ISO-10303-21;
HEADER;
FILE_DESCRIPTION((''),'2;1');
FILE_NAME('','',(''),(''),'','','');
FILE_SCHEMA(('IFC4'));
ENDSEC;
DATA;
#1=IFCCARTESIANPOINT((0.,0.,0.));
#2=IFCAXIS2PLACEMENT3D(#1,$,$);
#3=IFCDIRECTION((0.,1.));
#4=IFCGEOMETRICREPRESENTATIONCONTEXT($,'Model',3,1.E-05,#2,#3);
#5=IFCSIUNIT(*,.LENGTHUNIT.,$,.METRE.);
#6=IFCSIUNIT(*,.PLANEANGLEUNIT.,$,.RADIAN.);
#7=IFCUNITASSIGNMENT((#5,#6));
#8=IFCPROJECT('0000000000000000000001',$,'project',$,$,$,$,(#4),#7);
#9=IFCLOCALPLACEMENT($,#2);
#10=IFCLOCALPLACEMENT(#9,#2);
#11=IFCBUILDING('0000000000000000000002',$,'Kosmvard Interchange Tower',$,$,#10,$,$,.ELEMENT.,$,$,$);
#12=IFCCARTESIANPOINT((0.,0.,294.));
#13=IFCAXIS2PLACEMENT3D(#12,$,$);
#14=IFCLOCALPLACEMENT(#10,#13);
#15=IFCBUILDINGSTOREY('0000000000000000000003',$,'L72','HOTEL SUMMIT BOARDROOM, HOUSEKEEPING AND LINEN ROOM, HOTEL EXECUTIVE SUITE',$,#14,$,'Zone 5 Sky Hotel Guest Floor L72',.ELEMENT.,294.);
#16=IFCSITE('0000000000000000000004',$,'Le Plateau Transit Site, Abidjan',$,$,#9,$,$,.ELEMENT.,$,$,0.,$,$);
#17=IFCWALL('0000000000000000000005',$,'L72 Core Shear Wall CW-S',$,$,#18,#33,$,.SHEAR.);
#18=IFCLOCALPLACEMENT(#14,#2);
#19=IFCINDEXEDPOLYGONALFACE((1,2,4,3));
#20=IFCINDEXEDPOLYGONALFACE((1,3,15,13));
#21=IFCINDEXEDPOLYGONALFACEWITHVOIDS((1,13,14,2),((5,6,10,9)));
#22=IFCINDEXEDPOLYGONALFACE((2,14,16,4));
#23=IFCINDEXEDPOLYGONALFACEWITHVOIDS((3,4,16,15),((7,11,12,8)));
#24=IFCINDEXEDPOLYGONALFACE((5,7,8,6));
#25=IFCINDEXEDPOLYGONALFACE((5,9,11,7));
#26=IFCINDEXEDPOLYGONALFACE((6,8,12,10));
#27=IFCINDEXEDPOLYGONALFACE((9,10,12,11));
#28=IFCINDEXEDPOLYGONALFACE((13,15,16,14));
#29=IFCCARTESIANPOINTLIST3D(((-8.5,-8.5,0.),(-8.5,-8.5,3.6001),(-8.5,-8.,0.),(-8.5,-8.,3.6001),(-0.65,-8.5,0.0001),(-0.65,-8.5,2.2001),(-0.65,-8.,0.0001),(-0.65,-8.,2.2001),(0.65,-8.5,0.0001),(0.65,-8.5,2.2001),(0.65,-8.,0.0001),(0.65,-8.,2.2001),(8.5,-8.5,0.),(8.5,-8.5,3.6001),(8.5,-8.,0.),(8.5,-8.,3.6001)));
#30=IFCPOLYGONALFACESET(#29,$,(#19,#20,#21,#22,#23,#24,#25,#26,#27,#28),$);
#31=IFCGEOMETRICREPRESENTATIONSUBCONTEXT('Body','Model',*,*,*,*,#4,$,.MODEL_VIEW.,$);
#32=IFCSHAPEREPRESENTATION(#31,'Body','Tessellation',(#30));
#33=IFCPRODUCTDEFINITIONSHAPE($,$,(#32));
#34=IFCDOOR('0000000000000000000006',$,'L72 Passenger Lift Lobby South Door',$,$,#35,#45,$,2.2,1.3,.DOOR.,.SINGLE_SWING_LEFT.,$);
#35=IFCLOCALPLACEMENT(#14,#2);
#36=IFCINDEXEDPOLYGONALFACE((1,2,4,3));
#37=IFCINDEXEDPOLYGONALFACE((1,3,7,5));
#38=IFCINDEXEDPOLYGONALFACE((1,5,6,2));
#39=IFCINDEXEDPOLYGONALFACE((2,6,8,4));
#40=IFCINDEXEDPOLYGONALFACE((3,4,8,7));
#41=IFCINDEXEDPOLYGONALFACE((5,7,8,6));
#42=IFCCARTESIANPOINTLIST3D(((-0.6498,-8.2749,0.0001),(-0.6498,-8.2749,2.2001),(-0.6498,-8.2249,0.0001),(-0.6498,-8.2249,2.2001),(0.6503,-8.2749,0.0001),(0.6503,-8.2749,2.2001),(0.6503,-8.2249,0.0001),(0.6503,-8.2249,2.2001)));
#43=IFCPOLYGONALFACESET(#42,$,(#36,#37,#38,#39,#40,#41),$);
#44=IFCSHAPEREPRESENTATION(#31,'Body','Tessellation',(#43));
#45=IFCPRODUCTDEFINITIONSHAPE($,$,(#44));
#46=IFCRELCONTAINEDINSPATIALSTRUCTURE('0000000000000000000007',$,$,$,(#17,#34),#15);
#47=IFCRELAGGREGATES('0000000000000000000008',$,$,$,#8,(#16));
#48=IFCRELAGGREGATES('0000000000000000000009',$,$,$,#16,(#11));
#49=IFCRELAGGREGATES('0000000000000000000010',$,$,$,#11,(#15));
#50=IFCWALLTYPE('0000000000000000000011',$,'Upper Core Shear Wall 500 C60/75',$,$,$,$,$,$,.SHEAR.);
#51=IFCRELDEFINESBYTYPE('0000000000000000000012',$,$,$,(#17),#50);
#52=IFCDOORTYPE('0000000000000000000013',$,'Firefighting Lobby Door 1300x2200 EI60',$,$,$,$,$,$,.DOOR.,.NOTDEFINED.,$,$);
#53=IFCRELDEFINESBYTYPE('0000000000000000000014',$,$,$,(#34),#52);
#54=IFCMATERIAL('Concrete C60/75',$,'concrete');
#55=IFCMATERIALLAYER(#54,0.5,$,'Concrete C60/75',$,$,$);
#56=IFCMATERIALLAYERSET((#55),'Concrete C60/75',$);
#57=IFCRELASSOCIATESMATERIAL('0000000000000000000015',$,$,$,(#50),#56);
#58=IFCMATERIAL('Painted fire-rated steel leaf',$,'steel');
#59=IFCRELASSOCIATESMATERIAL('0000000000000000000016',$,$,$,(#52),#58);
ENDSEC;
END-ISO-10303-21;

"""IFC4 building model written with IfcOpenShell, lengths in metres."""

from ifc_helpers import new_model, si_unit, direction, frame, frame_2d, origin, place, context, subcontext, project, spatial, rectangle, extrude, source, transform, mapped, material, layer, layer_set, type_object, element, fill, save


model = new_model("IFC4")

# Units and contexts
model_context = context("Model", 3, precision=1e-05, world=origin(), true_north=direction((0.0, 1.0)))
body_context = subcontext(model_context, "Body", "Model", "MODEL_VIEW")
ifc_project = project(units=[si_unit("LENGTHUNIT", "METRE"), si_unit("PLANEANGLEUNIT", "RADIAN")], contexts=[model_context])

# Site, building, storey
site_placement = place(None, origin())
site = spatial("IfcSite", under=ifc_project, at=site_placement, Name="Le Plateau Transit Site, Abidjan", CompositionType="ELEMENT", RefElevation=0.0)
building_placement = place(site_placement, origin())
building = spatial("IfcBuilding", under=site, at=building_placement, Name="Kosmvard Interchange Tower", CompositionType="ELEMENT")
storey_placement = place(building_placement, frame((0.0, 0.0, 294.0)))
storey = spatial("IfcBuildingStorey", under=building, at=storey_placement, Name="L72", Description="HOTEL SUMMIT BOARDROOM, HOUSEKEEPING AND LINEN ROOM, HOTEL EXECUTIVE SUITE", LongName="Zone 5 Sky Hotel Guest Floor L72", CompositionType="ELEMENT", Elevation=294.0)

# Wall, opening, door
ifc_material_1 = material(Name="Concrete C60/75", Category="concrete")
ifc_layer_1 = layer(ifc_material_1, 0.5, Name="Concrete C60/75")
ifc_layer_set_1 = layer_set([ifc_layer_1], Name="Concrete C60/75")
wall_type_1 = type_object("IfcWallType", Name="Upper Core Shear Wall 500 C60/75", PredefinedType="SHEAR", material=ifc_layer_set_1)
wall_1_placement = place(storey_placement, frame((-8.5, -8.25, 0.0), z_axis=(0.0, 0.0, 1.0), x_axis=(1.0, 0.0, 0.0)))
wall_1 = element("IfcWall", 1, at=wall_1_placement, inside=storey, type_object=wall_type_1, Name="L72 Core Shear Wall CW-S", PredefinedType="SHEAR", context=body_context, shape_type="SweptSolid", body=[
    extrude(rectangle(XDim=17.0, YDim=0.5, at=frame_2d((8.5, 0.0))), origin(), (0.0, 0.0, 1.0), 3.6001),
])
opening_1_placement = place(wall_1_placement, frame((7.8501, 0.0, 0.0)))
opening_1 = element("IfcOpeningElement", 2, at=opening_1_placement, cuts=wall_1, PredefinedType="OPENING", context=body_context, shape_type="SweptSolid", body=[
    extrude(rectangle(XDim=1.3, YDim=2.2, at=frame_2d((0.6499, 1.1001))), frame((0.0, 0.26, 0.0), z_axis=(0.0, -1.0, 0.0), x_axis=(1.0, 0.0, 0.0)), (0.0, 0.0, 1.0), 0.52),
])
ifc_material_2 = material(Name="Painted fire-rated steel leaf", Category="steel")
door_type_1 = type_object("IfcDoorType", Name="Firefighting Lobby Door 1300x2200 EI60", OperationType="NOTDEFINED", PredefinedType="DOOR", material=ifc_material_2)
shared_shape_1 = source(origin(), body_context, "Body", "SweptSolid", [
    extrude(rectangle(XDim=1.3, YDim=2.2, at=frame_2d((0.6499, 1.1001))), frame((0.0, 0.0249, 0.0), z_axis=(0.0, -1.0, 0.0), x_axis=(1.0, 0.0, 0.0)), (0.0, 0.0, 1.0), 0.05),
])
door_1_placement = place(opening_1_placement, frame((1.3, 0.0, 0.0), z_axis=(0.0, 0.0, 1.0), x_axis=(-1.0, 0.0, 0.0)))
door_1 = element("IfcDoor", 3, at=door_1_placement, inside=storey, type_object=door_type_1, Name="L72 Passenger Lift Lobby South Door", OperationType="SINGLE_SWING_LEFT", OverallHeight=2.2, OverallWidth=1.3, PredefinedType="DOOR", context=body_context, shape_type="MappedRepresentation", body=[
    mapped(shared_shape_1, transform((0.0, 0.0, 0.0), scale=1.0)),
])
fill(opening_1, door_1)

save(model, "model.ifc")
